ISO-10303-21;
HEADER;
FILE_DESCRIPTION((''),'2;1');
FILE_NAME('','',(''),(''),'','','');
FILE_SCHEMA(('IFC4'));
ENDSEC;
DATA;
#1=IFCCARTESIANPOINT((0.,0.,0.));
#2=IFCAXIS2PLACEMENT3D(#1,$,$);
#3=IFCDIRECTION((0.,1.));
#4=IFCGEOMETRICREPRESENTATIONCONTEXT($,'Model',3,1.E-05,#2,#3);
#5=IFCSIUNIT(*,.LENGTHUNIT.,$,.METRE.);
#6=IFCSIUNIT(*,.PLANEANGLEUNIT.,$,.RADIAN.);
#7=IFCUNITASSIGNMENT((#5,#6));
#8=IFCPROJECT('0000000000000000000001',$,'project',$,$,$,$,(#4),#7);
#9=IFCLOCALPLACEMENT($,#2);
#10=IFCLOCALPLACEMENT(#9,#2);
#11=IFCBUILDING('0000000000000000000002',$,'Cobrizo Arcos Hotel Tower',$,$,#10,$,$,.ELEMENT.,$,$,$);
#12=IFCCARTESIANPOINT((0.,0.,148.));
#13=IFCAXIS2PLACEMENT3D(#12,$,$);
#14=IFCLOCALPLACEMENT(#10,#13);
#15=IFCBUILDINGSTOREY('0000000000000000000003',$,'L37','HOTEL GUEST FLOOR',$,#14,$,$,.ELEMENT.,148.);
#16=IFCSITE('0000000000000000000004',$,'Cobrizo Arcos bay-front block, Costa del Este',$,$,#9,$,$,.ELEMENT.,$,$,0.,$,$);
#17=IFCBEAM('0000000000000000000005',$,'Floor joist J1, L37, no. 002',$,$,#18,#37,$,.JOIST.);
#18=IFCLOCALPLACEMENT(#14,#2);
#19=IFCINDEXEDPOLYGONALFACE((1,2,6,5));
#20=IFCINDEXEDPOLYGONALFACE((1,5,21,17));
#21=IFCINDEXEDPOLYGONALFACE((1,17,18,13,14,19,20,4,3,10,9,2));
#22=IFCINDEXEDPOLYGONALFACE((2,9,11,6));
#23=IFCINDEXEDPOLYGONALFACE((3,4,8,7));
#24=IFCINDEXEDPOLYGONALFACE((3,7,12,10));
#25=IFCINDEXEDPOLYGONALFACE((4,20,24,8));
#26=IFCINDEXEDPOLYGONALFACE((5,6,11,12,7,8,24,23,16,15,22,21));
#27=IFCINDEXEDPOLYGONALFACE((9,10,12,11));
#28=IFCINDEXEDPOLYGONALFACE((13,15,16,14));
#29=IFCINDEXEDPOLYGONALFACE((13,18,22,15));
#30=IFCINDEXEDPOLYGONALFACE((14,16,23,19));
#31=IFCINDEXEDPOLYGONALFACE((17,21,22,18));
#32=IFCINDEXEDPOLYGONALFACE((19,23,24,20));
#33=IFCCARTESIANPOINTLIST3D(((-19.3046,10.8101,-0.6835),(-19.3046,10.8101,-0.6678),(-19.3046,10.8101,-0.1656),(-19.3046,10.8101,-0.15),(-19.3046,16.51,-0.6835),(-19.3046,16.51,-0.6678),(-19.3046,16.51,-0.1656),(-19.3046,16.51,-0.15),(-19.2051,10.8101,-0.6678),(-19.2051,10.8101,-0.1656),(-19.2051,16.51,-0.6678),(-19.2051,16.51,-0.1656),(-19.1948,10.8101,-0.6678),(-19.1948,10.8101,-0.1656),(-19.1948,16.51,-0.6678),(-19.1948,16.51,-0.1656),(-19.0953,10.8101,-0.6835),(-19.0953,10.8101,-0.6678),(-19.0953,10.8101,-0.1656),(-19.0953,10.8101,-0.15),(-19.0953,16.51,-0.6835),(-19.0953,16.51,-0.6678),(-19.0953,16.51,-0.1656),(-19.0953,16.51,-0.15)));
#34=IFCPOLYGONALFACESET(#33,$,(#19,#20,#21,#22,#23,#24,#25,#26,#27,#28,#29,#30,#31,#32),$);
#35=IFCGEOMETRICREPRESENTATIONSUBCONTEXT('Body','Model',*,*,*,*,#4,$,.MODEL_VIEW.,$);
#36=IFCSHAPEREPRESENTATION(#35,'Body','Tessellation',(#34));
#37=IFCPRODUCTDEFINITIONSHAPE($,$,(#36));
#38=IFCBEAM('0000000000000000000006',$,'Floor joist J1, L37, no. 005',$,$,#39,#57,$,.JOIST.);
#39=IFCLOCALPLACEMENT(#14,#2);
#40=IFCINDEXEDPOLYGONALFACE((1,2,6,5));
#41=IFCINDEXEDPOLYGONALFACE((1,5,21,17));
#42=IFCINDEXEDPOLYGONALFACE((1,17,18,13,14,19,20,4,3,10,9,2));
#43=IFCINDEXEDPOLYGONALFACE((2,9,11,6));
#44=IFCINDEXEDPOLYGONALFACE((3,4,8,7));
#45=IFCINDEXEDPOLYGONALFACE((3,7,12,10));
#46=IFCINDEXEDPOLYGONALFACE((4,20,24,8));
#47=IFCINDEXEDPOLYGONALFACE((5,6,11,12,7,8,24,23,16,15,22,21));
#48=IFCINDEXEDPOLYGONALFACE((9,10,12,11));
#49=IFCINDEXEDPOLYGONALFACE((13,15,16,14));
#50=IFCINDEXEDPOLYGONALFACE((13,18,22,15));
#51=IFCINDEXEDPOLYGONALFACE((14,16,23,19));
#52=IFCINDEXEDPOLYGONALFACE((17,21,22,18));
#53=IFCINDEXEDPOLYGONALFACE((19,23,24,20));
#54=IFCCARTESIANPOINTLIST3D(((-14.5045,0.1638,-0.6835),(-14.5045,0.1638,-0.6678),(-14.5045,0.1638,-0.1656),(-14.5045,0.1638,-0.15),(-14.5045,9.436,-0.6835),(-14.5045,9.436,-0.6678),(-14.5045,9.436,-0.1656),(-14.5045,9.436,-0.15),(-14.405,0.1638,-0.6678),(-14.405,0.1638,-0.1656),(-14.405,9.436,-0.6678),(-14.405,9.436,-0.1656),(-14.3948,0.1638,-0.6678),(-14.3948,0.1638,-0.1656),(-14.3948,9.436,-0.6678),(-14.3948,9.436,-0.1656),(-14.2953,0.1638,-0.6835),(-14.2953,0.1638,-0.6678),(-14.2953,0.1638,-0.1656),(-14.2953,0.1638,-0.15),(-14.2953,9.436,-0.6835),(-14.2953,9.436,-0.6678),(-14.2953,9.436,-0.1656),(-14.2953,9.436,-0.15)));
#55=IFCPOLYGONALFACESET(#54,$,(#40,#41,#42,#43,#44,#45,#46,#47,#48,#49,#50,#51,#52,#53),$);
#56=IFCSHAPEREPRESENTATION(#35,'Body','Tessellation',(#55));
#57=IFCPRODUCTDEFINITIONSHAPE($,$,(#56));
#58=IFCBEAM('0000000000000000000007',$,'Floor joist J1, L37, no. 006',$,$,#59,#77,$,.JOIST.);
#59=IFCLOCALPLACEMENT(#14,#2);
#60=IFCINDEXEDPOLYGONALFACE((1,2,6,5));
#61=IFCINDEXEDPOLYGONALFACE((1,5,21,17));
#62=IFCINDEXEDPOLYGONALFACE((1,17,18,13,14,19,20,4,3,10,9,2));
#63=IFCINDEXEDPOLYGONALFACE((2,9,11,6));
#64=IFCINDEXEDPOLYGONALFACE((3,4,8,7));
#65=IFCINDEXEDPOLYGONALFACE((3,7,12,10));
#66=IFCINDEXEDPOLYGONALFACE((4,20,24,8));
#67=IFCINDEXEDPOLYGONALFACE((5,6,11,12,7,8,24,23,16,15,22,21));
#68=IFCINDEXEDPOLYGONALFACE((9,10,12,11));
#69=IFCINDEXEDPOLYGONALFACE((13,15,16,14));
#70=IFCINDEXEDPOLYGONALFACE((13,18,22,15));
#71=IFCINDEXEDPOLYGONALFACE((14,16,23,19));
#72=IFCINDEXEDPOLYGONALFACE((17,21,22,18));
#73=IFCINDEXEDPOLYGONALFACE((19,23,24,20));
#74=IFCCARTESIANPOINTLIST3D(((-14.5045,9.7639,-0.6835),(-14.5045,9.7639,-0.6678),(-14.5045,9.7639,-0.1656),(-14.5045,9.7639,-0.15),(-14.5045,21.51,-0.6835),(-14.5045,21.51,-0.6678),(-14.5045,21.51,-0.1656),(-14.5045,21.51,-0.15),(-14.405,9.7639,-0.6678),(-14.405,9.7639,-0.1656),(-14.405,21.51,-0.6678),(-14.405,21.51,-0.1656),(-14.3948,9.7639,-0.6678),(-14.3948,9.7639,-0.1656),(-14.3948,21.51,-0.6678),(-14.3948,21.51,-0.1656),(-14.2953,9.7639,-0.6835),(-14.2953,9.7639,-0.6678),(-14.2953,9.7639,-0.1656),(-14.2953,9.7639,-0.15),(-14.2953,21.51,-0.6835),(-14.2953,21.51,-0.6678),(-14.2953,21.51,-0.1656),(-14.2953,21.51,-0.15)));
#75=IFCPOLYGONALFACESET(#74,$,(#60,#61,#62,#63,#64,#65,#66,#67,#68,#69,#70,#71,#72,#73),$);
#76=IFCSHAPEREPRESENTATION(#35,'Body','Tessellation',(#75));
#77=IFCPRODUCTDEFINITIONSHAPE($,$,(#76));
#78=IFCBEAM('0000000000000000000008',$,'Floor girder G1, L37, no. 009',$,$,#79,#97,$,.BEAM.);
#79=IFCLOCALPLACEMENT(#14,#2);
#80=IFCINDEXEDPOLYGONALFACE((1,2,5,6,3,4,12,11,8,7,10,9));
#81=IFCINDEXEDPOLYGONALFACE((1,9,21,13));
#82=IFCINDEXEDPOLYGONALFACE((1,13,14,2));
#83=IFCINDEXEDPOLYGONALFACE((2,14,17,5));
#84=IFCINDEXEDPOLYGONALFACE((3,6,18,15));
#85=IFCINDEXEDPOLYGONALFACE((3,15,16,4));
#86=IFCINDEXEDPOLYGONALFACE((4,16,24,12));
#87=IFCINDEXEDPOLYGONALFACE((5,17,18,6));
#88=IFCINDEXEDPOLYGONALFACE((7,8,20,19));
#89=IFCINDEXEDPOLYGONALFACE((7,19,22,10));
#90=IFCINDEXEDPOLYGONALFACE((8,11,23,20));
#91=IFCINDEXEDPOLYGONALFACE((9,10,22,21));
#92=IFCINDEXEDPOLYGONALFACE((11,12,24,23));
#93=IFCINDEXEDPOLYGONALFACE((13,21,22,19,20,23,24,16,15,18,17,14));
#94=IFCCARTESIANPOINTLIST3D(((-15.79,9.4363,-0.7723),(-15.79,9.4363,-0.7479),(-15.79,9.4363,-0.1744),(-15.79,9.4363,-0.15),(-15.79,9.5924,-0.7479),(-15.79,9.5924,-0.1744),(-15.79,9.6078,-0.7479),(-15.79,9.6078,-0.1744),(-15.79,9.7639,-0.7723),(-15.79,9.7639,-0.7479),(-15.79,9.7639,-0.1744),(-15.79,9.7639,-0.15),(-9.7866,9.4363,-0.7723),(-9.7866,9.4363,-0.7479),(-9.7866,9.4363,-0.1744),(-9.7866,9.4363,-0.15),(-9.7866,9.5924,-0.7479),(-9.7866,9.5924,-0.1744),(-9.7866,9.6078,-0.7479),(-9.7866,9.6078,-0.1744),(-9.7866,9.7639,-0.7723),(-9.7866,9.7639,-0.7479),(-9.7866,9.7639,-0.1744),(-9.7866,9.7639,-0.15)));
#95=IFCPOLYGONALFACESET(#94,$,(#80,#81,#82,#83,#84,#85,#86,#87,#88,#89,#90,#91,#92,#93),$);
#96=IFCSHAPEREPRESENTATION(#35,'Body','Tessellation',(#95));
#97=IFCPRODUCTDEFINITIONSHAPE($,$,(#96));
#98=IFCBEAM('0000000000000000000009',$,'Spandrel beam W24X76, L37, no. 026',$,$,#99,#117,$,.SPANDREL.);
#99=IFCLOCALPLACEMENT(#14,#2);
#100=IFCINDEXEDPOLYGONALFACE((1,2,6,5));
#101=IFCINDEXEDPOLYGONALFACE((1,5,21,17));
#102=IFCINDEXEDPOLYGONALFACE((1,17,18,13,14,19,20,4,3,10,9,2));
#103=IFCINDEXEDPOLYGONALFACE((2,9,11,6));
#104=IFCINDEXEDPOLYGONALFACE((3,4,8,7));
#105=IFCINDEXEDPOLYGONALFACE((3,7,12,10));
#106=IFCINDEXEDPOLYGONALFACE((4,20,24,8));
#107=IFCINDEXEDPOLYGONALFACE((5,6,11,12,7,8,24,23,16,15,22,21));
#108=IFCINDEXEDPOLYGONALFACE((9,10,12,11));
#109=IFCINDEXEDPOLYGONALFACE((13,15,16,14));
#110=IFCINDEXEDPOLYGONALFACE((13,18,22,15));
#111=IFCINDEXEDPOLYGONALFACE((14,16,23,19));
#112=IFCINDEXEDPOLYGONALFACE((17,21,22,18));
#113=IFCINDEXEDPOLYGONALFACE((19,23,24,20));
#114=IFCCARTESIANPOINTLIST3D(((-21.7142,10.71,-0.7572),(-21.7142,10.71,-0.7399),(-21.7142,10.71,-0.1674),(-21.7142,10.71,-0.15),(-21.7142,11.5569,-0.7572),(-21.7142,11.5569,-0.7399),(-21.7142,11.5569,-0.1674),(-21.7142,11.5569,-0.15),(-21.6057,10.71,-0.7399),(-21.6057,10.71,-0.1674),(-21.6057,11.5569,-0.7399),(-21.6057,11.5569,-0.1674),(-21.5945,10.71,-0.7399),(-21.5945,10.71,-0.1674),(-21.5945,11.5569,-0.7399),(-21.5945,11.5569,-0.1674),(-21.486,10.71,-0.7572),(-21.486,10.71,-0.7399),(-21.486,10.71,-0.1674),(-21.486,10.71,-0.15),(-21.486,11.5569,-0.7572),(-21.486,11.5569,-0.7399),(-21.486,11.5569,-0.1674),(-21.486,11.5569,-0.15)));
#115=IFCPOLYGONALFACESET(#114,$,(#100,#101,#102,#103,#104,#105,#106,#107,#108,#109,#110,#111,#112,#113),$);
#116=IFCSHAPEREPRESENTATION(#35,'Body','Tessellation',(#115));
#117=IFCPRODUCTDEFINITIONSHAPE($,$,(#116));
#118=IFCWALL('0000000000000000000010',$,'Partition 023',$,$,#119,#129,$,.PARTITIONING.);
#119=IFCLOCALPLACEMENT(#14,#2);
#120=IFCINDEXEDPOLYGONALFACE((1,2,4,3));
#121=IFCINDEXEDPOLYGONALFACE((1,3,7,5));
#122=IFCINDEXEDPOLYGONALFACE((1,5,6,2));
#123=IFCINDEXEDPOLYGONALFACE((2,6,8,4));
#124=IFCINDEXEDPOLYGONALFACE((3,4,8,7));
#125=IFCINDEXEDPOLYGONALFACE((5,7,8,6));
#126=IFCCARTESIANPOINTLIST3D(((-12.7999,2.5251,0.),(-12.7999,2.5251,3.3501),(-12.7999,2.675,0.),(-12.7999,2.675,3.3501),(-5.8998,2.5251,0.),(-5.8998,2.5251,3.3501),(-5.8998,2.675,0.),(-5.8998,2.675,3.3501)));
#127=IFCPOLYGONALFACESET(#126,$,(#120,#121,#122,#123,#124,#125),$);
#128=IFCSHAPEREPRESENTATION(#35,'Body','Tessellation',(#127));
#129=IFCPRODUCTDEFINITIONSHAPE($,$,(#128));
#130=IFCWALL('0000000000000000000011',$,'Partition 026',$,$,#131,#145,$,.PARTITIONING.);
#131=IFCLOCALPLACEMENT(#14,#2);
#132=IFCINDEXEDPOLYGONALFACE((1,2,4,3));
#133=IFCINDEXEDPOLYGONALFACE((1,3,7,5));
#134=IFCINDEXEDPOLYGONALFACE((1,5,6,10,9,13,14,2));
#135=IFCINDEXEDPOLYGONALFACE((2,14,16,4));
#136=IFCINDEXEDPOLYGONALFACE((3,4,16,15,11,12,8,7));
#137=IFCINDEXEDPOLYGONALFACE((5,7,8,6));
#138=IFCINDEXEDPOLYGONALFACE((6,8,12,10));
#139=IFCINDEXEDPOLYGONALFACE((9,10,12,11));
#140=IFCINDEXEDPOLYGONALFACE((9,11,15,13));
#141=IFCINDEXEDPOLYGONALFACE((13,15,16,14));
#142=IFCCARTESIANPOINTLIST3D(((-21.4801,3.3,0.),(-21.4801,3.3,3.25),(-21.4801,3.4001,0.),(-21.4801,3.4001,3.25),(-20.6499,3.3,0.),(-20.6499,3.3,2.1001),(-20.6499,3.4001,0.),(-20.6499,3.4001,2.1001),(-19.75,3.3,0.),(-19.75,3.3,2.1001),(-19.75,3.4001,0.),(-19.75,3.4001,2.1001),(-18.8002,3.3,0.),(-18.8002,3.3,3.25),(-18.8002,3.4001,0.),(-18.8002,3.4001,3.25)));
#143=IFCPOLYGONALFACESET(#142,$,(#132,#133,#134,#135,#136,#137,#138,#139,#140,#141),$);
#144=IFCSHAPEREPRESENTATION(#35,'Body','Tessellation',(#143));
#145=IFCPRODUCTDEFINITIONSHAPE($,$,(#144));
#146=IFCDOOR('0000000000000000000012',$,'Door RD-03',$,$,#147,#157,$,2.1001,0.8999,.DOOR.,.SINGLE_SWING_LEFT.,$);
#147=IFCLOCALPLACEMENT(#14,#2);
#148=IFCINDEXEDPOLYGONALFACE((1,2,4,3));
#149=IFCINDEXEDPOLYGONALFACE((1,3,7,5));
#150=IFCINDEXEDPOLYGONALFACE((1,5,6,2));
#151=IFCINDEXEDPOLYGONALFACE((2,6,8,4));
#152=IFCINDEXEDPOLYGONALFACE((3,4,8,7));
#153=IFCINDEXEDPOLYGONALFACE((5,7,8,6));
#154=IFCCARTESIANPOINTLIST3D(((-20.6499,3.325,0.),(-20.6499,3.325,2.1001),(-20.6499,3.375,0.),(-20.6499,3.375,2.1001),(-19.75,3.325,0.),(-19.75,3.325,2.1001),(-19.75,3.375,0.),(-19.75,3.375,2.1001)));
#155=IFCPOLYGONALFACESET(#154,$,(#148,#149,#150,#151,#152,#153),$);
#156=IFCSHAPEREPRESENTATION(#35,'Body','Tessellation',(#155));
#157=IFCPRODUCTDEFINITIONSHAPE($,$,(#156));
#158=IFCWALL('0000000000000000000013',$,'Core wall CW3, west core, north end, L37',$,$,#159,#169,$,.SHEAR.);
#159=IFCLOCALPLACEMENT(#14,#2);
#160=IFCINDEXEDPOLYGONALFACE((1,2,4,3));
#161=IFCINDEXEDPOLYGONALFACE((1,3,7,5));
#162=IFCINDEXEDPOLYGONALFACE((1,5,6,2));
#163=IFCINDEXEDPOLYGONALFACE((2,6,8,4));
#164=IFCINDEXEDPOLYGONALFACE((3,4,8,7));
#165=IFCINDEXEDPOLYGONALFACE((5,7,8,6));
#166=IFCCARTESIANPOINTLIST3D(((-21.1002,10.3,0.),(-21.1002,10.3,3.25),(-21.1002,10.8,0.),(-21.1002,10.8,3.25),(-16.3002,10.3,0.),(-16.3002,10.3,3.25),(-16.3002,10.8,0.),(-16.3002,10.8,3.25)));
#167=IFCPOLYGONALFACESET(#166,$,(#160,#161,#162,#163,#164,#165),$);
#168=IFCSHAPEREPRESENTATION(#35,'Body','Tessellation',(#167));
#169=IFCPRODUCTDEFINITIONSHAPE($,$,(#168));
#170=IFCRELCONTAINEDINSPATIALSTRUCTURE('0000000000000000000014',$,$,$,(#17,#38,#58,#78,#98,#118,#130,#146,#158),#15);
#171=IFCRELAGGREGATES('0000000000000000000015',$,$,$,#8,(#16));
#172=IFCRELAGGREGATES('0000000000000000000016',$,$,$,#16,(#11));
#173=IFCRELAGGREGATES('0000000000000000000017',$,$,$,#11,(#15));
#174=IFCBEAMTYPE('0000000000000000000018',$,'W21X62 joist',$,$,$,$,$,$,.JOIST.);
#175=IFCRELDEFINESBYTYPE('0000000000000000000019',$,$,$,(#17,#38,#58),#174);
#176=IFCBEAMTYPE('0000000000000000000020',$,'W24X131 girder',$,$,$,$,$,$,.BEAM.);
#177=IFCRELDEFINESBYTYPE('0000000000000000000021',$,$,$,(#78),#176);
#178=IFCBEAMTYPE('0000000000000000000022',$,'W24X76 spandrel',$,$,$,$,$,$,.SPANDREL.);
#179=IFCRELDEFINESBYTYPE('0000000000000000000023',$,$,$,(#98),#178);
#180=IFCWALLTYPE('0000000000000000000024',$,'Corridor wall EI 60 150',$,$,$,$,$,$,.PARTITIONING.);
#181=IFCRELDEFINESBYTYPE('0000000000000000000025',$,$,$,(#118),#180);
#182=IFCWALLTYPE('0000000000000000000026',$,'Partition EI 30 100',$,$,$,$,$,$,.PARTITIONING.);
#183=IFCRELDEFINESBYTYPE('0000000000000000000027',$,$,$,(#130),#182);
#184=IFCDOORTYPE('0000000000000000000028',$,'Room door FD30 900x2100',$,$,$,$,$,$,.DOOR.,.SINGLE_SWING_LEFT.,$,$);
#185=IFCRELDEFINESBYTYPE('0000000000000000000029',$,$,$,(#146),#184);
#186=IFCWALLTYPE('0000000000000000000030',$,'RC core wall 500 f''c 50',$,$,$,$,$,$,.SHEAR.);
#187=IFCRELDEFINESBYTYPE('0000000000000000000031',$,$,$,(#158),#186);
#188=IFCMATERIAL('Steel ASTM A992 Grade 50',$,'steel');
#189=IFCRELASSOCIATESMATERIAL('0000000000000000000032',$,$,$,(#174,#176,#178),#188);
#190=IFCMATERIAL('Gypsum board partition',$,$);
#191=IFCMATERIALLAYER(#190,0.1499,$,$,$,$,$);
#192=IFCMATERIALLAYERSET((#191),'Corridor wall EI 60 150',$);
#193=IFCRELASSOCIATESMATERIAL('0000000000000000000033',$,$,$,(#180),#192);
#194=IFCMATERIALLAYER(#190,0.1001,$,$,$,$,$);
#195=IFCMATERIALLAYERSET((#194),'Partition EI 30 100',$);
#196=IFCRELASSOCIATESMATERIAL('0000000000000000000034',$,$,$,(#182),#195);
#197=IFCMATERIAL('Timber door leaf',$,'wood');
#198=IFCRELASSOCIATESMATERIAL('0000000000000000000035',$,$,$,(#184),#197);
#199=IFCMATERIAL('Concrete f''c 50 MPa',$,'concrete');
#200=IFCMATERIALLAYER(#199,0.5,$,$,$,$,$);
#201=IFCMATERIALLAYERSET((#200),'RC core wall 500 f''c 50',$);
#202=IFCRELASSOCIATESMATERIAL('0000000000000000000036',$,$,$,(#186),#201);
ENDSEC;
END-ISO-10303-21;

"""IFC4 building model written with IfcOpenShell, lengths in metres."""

from ifc_helpers import new_model, si_unit, direction, frame, frame_2d, origin, origin_2d, place, context, subcontext, project, spatial, rectangle, i_section, extrude, material, layer, layer_set, material_profile, profile_set, type_object, element, fill, save


model = new_model("IFC4")

# Units and contexts
model_context = context("Model", 3, precision=1e-05, world=origin(), true_north=direction((0.0, 1.0)))
body_context = subcontext(model_context, "Body", "Model", "MODEL_VIEW")
ifc_project = project(units=[si_unit("LENGTHUNIT", "METRE"), si_unit("PLANEANGLEUNIT", "RADIAN")], contexts=[model_context])

# Site, building, storey
site_placement = place(None, origin())
site = spatial("IfcSite", under=ifc_project, at=site_placement, Name="Cobrizo Arcos bay-front block, Costa del Este", CompositionType="ELEMENT", RefElevation=0.0)
building_placement = place(site_placement, origin())
building = spatial("IfcBuilding", under=site, at=building_placement, Name="Cobrizo Arcos Hotel Tower", CompositionType="ELEMENT")
storey_placement = place(building_placement, frame((0.0, 0.0, 148.0)))
storey = spatial("IfcBuildingStorey", under=building, at=storey_placement, Name="L37", Description="HOTEL GUEST FLOOR", CompositionType="ELEMENT", Elevation=148.0)

# Beams
ifc_material_1 = material(Name="Steel ASTM A992 Grade 50", Category="steel")
ifc_material_profile_1 = material_profile(ifc_material_1, i_section(OverallWidth=0.2092, OverallDepth=0.5334, WebThickness=0.0103, FlangeThickness=0.0156, at=origin_2d()), Name="W21X62")
ifc_profile_set_1 = profile_set([ifc_material_profile_1], Name="Steel ASTM A992 Grade 50")
beam_type_1 = type_object("IfcBeamType", Name="W21X62 joist", PredefinedType="JOIST", material=ifc_profile_set_1)
beam_1_placement = place(storey_placement, frame((-19.2, 10.8101, -0.4167), z_axis=(0.0, 1.0, 0.0), x_axis=(-1.0, 0.0, 0.0)))
element("IfcBeam", 1, at=beam_1_placement, inside=storey, type_object=beam_type_1, Name="Floor joist J1, L37, no. 002", PredefinedType="JOIST", context=body_context, shape_type="SweptSolid", body=[
    extrude(i_section(OverallWidth=0.2092, OverallDepth=0.5334, WebThickness=0.0103, FlangeThickness=0.0156, at=origin_2d()), origin(), (0.0, 0.0, 1.0), 5.7),
])
beam_2_placement = place(storey_placement, frame((-14.3999, 0.1638, -0.4167), z_axis=(0.0, 1.0, 0.0), x_axis=(-1.0, 0.0, 0.0)))
element("IfcBeam", 2, at=beam_2_placement, inside=storey, type_object=beam_type_1, Name="Floor joist J1, L37, no. 005", PredefinedType="JOIST", context=body_context, shape_type="SweptSolid", body=[
    extrude(i_section(OverallWidth=0.2092, OverallDepth=0.5334, WebThickness=0.0103, FlangeThickness=0.0156, at=origin_2d()), origin(), (0.0, 0.0, 1.0), 9.2722),
])
beam_3_placement = place(storey_placement, frame((-14.3999, 9.7639, -0.4167), z_axis=(0.0, 1.0, 0.0), x_axis=(-1.0, 0.0, 0.0)))
element("IfcBeam", 3, at=beam_3_placement, inside=storey, type_object=beam_type_1, Name="Floor joist J1, L37, no. 006", PredefinedType="JOIST", context=body_context, shape_type="SweptSolid", body=[
    extrude(i_section(OverallWidth=0.2092, OverallDepth=0.5334, WebThickness=0.0103, FlangeThickness=0.0156, at=origin_2d()), origin(), (0.0, 0.0, 1.0), 11.7461),
])
ifc_material_profile_2 = material_profile(ifc_material_1, i_section(OverallWidth=0.3276, OverallDepth=0.6223, WebThickness=0.0154, FlangeThickness=0.0244, at=origin_2d()), Name="W24X131")
ifc_profile_set_2 = profile_set([ifc_material_profile_2], Name="Steel ASTM A992 Grade 50")
beam_type_2 = type_object("IfcBeamType", Name="W24X131 girder", PredefinedType="BEAM", material=ifc_profile_set_2)
beam_4_placement = place(storey_placement, frame((-15.79, 9.6001, -0.4612), z_axis=(1.0, 0.0, 0.0), x_axis=(0.0, 1.0, 0.0)))
element("IfcBeam", 4, at=beam_4_placement, inside=storey, type_object=beam_type_2, Name="Floor girder G1, L37, no. 009", PredefinedType="BEAM", context=body_context, shape_type="SweptSolid", body=[
    extrude(i_section(OverallWidth=0.3276, OverallDepth=0.6223, WebThickness=0.0154, FlangeThickness=0.0244, at=origin_2d()), origin(), (0.0, 0.0, 1.0), 6.0034),
])
ifc_material_profile_3 = material_profile(ifc_material_1, i_section(OverallWidth=0.2283, OverallDepth=0.6072, WebThickness=0.0112, FlangeThickness=0.0173, at=origin_2d()), Name="W24X76")
ifc_profile_set_3 = profile_set([ifc_material_profile_3], Name="Steel ASTM A992 Grade 50")
beam_type_3 = type_object("IfcBeamType", Name="W24X76 spandrel", PredefinedType="SPANDREL", material=ifc_profile_set_3)
beam_5_placement = place(storey_placement, frame((-21.6001, 11.5569, -0.4536), z_axis=(0.0, -1.0, 0.0), x_axis=(1.0, 0.0, 0.0)))
element("IfcBeam", 5, at=beam_5_placement, inside=storey, type_object=beam_type_3, Name="Spandrel beam W24X76, L37, no. 026", PredefinedType="SPANDREL", context=body_context, shape_type="SweptSolid", body=[
    extrude(i_section(OverallWidth=0.2283, OverallDepth=0.6072, WebThickness=0.0112, FlangeThickness=0.0173, at=origin_2d()), origin(), (0.0, 0.0, 1.0), 0.8469),
])

# Wall
ifc_material_2 = material(Name="Gypsum board partition")
ifc_layer_1 = layer(ifc_material_2, 0.1499)
ifc_layer_set_1 = layer_set([ifc_layer_1], Name="Corridor wall EI 60 150")
wall_type_1 = type_object("IfcWallType", Name="Corridor wall EI 60 150", PredefinedType="PARTITIONING", material=ifc_layer_set_1)
wall_1_placement = place(storey_placement, frame((-12.8, 2.6001, 0.0), z_axis=(0.0, 0.0, 1.0), x_axis=(1.0, 0.0, 0.0)))
element("IfcWall", 6, at=wall_1_placement, inside=storey, type_object=wall_type_1, Name="Partition 023", PredefinedType="PARTITIONING", context=body_context, shape_type="SweptSolid", body=[
    extrude(rectangle(XDim=6.9001, YDim=0.1499, at=frame_2d((3.4502, 0.0))), origin(), (0.0, 0.0, 1.0), 3.3501),
])

# Wall, opening, door
ifc_layer_2 = layer(ifc_material_2, 0.1001)
ifc_layer_set_2 = layer_set([ifc_layer_2], Name="Partition EI 30 100")
wall_type_2 = type_object("IfcWallType", Name="Partition EI 30 100", PredefinedType="PARTITIONING", material=ifc_layer_set_2)
wall_2_placement = place(storey_placement, frame((-21.48, 3.3501, 0.0), z_axis=(0.0, 0.0, 1.0), x_axis=(1.0, 0.0, 0.0)))
wall_2 = element("IfcWall", 7, at=wall_2_placement, inside=storey, type_object=wall_type_2, Name="Partition 026", PredefinedType="PARTITIONING", context=body_context, shape_type="SweptSolid", body=[
    extrude(rectangle(XDim=2.6799, YDim=0.1001, at=frame_2d((1.3398, 0.0))), origin(), (0.0, 0.0, 1.0), 3.25),
])
opening_1_placement = place(wall_2_placement, frame((0.8301, 0.0, 0.0)))
opening_1 = element("IfcOpeningElement", 8, at=opening_1_placement, cuts=wall_2, PredefinedType="OPENING", context=body_context, shape_type="SweptSolid", body=[
    extrude(rectangle(XDim=0.8999, YDim=2.1001, at=frame_2d((0.45, 1.05))), frame((0.0, 0.062, 0.0), z_axis=(0.0, -1.0, 0.0), x_axis=(1.0, 0.0, 0.0)), (0.0, 0.0, 1.0), 0.124),
])
ifc_material_3 = material(Name="Timber door leaf", Category="wood")
door_type_1 = type_object("IfcDoorType", Name="Room door FD30 900x2100", OperationType="SINGLE_SWING_LEFT", PredefinedType="DOOR", material=ifc_material_3)
door_1_placement = place(opening_1_placement, origin())
door_1 = element("IfcDoor", 9, at=door_1_placement, inside=storey, type_object=door_type_1, Name="Door RD-03", OperationType="SINGLE_SWING_LEFT", OverallHeight=2.1001, OverallWidth=0.8999, PredefinedType="DOOR", context=body_context, shape_type="SweptSolid", body=[
    extrude(rectangle(XDim=0.8999, YDim=2.1001, at=frame_2d((0.45, 1.05))), frame((0.0, 0.0249, 0.0), z_axis=(0.0, -1.0, 0.0), x_axis=(1.0, 0.0, 0.0)), (0.0, 0.0, 1.0), 0.05),
])
fill(opening_1, door_1)

# Wall
ifc_material_4 = material(Name="Concrete f'c 50 MPa", Category="concrete")
ifc_layer_3 = layer(ifc_material_4, 0.5)
ifc_layer_set_3 = layer_set([ifc_layer_3], Name="RC core wall 500 f'c 50")
wall_type_3 = type_object("IfcWallType", Name="RC core wall 500 f'c 50", PredefinedType="SHEAR", material=ifc_layer_set_3)
wall_3_placement = place(storey_placement, frame((-21.1001, 10.55, 0.0), z_axis=(0.0, 0.0, 1.0), x_axis=(1.0, 0.0, 0.0)))
element("IfcWall", 10, at=wall_3_placement, inside=storey, type_object=wall_type_3, Name="Core wall CW3, west core, north end, L37", PredefinedType="SHEAR", context=body_context, shape_type="SweptSolid", body=[
    extrude(rectangle(XDim=4.8, YDim=0.5, at=frame_2d((2.3999, 0.0))), origin(), (0.0, 0.0, 1.0), 3.25),
])

save(model, "model.ifc")
